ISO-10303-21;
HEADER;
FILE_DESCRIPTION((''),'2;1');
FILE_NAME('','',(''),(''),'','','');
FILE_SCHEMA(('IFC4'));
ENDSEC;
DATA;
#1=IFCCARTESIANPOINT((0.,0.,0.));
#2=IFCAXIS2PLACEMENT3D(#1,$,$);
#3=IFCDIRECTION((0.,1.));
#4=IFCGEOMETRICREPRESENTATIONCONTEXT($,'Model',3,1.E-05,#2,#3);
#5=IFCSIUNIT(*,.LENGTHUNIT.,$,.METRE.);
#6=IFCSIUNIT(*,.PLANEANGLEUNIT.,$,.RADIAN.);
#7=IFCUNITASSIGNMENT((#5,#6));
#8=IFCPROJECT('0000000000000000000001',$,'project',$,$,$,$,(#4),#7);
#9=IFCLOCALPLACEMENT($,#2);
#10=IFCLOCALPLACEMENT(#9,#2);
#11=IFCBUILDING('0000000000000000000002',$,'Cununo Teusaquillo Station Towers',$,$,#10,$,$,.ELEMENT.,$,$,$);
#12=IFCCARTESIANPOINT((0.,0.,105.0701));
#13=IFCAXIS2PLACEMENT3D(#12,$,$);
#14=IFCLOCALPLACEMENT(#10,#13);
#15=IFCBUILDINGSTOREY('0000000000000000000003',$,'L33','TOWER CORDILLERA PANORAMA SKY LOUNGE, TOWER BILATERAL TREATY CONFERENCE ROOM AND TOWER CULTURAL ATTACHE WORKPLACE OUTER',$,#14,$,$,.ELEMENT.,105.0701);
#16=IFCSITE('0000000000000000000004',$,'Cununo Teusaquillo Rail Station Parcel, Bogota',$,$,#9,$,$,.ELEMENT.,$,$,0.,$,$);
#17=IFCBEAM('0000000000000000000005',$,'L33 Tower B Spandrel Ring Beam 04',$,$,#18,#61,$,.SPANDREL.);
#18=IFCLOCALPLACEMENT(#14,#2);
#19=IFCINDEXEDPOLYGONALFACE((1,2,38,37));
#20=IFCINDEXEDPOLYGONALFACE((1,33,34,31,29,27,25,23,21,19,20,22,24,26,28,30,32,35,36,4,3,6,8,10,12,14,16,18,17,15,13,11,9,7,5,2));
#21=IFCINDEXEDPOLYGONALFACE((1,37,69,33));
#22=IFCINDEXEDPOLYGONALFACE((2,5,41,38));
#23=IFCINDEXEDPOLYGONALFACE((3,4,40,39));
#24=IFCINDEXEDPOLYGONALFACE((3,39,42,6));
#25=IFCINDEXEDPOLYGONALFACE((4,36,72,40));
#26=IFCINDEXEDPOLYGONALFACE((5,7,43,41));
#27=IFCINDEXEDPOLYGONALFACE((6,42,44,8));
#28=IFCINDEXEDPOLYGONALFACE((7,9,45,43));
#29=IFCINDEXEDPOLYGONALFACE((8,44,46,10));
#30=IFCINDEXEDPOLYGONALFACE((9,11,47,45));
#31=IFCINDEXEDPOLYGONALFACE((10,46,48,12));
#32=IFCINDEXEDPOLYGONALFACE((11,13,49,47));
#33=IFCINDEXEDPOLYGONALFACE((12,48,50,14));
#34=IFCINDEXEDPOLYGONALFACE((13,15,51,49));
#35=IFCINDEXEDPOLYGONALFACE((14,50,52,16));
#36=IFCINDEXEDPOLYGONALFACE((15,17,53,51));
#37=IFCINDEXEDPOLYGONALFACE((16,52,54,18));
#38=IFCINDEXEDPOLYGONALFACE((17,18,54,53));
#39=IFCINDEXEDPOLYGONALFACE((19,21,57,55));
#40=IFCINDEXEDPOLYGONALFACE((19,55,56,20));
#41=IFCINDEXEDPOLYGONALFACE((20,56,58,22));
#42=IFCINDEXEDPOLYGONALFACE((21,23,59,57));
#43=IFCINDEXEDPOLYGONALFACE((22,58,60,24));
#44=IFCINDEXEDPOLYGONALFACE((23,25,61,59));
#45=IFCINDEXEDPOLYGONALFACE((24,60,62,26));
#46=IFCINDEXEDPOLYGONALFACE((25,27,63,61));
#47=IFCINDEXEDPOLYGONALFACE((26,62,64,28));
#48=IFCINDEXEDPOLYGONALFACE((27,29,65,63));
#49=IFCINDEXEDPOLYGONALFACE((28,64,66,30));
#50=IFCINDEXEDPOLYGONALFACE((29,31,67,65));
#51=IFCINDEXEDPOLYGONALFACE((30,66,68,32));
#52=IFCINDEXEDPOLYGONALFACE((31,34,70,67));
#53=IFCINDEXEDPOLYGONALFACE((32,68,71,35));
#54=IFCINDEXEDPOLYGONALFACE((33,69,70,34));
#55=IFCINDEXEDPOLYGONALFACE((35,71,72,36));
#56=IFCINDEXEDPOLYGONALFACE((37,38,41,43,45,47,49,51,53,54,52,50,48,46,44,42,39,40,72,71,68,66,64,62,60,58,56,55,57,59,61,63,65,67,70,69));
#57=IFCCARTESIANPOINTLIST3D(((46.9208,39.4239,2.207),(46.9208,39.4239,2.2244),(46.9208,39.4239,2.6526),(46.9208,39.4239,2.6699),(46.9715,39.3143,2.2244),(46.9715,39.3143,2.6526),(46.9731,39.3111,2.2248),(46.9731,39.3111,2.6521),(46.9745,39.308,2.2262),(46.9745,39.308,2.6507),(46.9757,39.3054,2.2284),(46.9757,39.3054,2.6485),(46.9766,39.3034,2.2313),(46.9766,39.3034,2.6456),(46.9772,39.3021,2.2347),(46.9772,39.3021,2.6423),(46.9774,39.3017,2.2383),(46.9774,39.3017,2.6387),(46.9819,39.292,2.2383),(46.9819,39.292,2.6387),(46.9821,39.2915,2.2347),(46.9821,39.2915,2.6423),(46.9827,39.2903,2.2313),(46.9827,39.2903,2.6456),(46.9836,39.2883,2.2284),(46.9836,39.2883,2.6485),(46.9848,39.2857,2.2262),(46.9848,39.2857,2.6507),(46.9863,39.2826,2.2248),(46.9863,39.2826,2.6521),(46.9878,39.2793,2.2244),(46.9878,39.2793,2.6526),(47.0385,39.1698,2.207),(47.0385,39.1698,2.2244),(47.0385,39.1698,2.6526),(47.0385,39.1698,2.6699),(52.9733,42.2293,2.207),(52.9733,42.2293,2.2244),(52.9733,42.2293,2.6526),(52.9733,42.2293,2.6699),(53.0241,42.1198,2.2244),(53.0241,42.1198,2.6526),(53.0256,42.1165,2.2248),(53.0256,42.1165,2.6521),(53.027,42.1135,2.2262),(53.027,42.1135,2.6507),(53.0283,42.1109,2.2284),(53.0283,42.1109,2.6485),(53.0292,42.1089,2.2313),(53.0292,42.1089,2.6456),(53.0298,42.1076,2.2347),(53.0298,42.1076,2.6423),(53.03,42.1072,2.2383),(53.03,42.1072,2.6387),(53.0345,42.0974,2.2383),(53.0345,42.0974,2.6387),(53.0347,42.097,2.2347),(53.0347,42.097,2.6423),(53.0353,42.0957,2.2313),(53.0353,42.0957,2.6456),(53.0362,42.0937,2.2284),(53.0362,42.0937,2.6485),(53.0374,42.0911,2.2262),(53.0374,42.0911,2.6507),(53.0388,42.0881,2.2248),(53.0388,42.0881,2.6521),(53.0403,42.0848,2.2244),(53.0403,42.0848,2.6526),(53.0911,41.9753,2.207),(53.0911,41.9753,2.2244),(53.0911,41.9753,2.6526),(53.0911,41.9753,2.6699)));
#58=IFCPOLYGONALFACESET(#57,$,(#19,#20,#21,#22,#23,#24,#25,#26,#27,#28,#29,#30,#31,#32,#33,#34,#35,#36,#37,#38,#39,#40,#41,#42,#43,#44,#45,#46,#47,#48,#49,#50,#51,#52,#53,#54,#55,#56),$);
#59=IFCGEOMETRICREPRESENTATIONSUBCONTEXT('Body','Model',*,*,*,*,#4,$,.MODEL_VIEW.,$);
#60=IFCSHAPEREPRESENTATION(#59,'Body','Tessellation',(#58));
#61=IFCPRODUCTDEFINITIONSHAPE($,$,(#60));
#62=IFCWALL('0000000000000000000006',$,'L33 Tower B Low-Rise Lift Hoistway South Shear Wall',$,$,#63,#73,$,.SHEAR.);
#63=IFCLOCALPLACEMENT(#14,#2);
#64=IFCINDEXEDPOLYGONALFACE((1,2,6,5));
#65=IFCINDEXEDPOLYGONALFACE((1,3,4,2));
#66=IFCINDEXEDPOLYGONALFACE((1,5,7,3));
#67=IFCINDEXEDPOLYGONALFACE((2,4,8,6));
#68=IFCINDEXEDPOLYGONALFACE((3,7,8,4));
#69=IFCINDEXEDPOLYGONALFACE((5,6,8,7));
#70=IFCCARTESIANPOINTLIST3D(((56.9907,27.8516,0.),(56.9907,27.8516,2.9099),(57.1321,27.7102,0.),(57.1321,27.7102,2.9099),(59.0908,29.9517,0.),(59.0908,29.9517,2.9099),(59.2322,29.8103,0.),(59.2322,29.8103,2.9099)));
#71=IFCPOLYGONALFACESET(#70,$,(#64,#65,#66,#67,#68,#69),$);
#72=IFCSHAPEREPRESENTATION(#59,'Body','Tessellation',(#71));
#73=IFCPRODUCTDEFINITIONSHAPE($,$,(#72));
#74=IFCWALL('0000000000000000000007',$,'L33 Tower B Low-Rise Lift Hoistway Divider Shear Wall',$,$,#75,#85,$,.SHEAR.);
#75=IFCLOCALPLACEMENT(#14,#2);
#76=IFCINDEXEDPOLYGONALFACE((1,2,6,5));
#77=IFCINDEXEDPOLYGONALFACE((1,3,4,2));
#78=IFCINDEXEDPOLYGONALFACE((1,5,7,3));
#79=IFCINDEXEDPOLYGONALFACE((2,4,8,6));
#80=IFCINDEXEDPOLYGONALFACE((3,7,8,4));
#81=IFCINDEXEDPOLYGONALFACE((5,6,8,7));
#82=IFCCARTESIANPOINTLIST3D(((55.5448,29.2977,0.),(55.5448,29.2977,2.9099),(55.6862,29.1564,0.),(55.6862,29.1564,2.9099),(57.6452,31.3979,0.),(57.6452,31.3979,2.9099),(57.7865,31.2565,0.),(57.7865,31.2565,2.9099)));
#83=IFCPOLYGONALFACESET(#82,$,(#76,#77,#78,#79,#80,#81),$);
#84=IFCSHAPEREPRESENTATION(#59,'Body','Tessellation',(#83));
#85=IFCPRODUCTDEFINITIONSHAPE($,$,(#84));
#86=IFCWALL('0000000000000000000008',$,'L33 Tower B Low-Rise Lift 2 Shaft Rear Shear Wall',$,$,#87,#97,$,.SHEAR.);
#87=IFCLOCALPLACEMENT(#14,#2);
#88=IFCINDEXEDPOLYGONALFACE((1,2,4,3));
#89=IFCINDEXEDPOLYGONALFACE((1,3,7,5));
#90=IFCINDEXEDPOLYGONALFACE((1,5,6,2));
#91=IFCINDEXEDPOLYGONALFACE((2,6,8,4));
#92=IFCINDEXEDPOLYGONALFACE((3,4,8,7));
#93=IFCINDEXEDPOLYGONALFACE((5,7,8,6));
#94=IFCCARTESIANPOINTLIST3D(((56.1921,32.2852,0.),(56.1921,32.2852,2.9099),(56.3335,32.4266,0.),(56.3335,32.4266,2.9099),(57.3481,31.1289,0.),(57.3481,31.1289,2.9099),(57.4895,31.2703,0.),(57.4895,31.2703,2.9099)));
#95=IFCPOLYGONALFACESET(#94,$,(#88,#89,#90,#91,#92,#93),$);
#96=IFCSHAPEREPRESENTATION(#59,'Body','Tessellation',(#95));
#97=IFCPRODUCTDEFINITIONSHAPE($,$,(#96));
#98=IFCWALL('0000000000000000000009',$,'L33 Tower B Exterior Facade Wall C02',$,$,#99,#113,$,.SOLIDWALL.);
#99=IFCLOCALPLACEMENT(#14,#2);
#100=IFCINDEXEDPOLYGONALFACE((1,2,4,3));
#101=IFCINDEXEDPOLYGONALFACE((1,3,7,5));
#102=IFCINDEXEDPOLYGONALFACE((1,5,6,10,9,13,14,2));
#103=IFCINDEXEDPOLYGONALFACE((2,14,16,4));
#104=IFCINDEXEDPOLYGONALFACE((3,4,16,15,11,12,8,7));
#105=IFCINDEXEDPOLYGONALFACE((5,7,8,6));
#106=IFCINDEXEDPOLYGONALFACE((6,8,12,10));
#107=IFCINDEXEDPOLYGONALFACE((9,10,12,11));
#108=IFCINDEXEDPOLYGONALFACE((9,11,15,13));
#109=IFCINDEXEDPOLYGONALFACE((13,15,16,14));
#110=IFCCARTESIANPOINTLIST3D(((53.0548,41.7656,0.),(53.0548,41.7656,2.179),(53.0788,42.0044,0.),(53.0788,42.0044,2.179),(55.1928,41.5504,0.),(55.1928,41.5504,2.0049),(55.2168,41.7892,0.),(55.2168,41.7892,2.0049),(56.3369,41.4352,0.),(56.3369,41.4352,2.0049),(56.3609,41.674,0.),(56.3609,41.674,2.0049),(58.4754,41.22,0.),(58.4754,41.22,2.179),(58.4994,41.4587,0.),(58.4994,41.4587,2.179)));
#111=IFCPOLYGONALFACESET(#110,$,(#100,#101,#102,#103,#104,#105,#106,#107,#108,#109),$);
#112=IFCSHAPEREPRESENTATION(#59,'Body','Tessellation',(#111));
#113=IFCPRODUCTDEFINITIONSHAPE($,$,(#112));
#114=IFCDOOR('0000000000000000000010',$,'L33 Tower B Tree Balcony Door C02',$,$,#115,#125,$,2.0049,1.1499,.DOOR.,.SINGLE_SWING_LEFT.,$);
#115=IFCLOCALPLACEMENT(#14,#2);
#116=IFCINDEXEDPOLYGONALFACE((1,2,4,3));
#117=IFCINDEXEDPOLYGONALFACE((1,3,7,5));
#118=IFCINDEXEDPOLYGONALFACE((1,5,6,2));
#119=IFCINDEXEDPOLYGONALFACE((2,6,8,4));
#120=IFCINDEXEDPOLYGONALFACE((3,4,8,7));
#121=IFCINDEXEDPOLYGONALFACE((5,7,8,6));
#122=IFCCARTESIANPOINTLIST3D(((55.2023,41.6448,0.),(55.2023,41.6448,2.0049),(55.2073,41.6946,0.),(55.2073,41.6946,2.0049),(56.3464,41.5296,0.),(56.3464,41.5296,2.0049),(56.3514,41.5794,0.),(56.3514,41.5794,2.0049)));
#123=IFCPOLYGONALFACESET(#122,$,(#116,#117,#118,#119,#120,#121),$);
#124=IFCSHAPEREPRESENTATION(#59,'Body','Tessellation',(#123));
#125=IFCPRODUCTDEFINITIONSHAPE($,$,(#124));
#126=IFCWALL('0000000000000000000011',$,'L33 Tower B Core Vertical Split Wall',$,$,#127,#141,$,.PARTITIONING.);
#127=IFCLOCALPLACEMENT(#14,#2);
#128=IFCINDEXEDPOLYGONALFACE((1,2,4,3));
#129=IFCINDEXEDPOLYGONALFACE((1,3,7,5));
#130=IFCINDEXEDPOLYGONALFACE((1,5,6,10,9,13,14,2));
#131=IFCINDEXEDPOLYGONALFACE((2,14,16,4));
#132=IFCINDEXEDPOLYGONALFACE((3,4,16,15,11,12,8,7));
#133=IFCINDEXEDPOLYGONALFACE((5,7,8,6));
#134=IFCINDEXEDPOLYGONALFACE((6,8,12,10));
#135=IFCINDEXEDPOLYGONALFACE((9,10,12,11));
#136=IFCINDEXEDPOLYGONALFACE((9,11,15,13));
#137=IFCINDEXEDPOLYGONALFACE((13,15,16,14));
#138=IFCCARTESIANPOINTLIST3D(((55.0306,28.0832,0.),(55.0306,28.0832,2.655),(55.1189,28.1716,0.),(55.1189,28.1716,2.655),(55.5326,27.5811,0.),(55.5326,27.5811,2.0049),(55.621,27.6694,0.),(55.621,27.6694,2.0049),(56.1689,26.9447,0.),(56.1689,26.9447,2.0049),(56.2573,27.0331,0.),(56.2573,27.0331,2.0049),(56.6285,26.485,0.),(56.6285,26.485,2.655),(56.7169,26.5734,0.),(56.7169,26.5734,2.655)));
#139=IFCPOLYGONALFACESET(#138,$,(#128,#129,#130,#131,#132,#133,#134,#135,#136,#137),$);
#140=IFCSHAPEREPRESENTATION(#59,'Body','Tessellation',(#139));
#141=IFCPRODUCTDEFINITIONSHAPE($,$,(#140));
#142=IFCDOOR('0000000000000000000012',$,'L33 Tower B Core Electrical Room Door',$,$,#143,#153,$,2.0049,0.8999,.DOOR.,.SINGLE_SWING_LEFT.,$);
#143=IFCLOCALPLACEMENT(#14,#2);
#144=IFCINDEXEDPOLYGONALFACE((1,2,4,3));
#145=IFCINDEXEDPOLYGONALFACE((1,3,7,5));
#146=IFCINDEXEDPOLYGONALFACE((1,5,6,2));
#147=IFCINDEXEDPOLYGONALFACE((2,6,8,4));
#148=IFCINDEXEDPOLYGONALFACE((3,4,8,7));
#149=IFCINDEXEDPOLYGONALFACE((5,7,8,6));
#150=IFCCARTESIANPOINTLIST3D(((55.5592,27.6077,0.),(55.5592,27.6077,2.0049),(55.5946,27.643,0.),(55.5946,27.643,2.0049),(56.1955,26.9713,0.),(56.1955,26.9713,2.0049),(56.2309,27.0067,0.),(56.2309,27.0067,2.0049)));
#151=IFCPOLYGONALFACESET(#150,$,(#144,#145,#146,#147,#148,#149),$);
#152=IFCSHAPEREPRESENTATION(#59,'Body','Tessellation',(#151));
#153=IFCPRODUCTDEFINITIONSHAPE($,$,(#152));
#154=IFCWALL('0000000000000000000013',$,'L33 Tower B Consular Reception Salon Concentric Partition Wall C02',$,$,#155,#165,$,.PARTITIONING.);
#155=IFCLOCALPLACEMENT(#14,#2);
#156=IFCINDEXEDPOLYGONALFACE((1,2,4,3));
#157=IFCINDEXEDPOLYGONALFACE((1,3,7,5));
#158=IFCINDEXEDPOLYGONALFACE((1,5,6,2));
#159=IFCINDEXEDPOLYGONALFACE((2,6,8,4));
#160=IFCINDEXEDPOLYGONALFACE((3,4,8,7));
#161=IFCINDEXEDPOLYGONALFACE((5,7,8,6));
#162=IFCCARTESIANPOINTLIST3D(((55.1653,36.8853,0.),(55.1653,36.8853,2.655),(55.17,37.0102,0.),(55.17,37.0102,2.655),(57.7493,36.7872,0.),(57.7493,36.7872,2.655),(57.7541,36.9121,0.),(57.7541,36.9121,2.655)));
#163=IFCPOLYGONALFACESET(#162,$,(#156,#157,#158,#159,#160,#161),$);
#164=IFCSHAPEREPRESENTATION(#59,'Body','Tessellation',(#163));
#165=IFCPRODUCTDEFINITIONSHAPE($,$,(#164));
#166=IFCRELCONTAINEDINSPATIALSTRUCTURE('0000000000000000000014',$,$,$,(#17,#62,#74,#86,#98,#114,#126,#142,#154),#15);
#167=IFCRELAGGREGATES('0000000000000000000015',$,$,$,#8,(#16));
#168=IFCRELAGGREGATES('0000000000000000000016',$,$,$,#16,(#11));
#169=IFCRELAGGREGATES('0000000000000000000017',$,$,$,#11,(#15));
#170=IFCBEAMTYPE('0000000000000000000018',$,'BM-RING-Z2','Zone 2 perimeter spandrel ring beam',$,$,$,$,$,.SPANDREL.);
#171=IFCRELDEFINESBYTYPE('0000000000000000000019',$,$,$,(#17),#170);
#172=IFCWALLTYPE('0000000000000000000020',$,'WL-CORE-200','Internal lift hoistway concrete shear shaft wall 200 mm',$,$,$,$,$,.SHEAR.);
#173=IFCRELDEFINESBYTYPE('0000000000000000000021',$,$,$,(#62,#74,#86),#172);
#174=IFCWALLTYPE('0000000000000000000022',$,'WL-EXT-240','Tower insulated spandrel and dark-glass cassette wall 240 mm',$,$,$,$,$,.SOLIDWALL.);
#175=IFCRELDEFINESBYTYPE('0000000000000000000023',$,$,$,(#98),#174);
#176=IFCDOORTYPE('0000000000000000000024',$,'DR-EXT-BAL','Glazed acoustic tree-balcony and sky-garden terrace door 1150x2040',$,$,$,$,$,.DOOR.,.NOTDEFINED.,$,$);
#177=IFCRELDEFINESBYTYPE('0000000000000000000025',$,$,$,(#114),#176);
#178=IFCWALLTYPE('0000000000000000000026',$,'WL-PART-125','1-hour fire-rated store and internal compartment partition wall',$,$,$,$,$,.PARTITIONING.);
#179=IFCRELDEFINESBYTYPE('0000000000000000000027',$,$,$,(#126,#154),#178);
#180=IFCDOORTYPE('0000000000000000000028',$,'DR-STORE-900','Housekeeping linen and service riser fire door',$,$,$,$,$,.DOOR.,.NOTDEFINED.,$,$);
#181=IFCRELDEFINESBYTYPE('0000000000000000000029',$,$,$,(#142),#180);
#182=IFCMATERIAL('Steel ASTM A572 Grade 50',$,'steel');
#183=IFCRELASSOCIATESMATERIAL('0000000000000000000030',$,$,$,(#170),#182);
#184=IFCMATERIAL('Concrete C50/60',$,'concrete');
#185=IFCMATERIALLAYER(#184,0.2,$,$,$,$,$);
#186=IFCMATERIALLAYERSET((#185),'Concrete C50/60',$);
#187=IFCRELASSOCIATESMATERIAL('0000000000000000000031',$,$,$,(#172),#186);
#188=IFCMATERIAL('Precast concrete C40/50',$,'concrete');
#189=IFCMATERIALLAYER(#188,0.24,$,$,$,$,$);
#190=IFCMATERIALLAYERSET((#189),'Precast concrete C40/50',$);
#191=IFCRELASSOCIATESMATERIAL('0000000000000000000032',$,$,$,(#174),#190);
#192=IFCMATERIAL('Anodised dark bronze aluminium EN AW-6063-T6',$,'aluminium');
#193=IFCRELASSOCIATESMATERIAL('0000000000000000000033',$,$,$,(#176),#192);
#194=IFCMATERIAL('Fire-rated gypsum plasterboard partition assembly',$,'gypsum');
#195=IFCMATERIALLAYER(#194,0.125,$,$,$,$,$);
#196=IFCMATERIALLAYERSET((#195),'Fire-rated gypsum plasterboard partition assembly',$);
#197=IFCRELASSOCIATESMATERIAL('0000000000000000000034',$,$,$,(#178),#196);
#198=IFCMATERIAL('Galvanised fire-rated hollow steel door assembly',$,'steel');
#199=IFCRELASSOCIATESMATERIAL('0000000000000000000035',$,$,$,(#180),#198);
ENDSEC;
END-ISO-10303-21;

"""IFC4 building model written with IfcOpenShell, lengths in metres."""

from ifc_helpers import new_model, si_unit, direction, frame, frame_2d, origin, origin_2d, place, context, subcontext, project, spatial, rectangle, i_section, extrude, source, transform, mapped, material, layer, layer_set, material_profile, profile_set, type_object, element, fill, save


model = new_model("IFC4")

# Units and contexts
model_context = context("Model", 3, precision=1e-05, world=origin(), true_north=direction((0.0, 1.0)))
body_context = subcontext(model_context, "Body", "Model", "MODEL_VIEW")
ifc_project = project(units=[si_unit("LENGTHUNIT", "METRE"), si_unit("PLANEANGLEUNIT", "RADIAN")], contexts=[model_context])

# Site, building, storey
site_placement = place(None, origin())
site = spatial("IfcSite", under=ifc_project, at=site_placement, Name="Cununo Teusaquillo Rail Station Parcel, Bogota", CompositionType="ELEMENT", RefElevation=0.0)
building_placement = place(site_placement, origin())
building = spatial("IfcBuilding", under=site, at=building_placement, Name="Cununo Teusaquillo Station Towers", CompositionType="ELEMENT")
storey_placement = place(building_placement, frame((0.0, 0.0, 105.0701)))
storey = spatial("IfcBuildingStorey", under=building, at=storey_placement, Name="L33", Description="TOWER CORDILLERA PANORAMA SKY LOUNGE, TOWER BILATERAL TREATY CONFERENCE ROOM AND TOWER CULTURAL ATTACHE WORKPLACE OUTER", CompositionType="ELEMENT", Elevation=105.0701)

# Beam
ifc_material_1 = material(Name="Steel ASTM A572 Grade 50", Category="steel")
ifc_material_profile_1 = material_profile(ifc_material_1, i_section(OverallWidth=0.28, OverallDepth=0.4629, WebThickness=0.0107, FlangeThickness=0.0173, FilletRadius=0.0139, at=origin_2d()), Name="W18X76")
ifc_profile_set_1 = profile_set([ifc_material_profile_1], Name="Steel ASTM A572 Grade 50")
beam_type_1 = type_object("IfcBeamType", Name="BM-RING-Z2", Description="Zone 2 perimeter spandrel ring beam", PredefinedType="SPANDREL", material=ifc_profile_set_1)
beam_1_placement = place(storey_placement, frame((53.0322, 42.1023, 2.4385), z_axis=(-0.907276, -0.420536, 0.0), x_axis=(0.420536, -0.907276, 0.0)))
element("IfcBeam", 1, at=beam_1_placement, inside=storey, type_object=beam_type_1, Name="L33 Tower B Spandrel Ring Beam 04", PredefinedType="SPANDREL", context=body_context, shape_type="SweptSolid", body=[
    extrude(i_section(OverallWidth=0.28, OverallDepth=0.4629, WebThickness=0.0107, FlangeThickness=0.0173, FilletRadius=0.0139, at=origin_2d()), origin(), (0.0, 0.0, 1.0), 6.6711),
])

# Walls
ifc_material_2 = material(Name="Concrete C50/60", Category="concrete")
ifc_layer_1 = layer(ifc_material_2, 0.2)
ifc_layer_set_1 = layer_set([ifc_layer_1], Name="Concrete C50/60")
wall_type_1 = type_object("IfcWallType", Name="WL-CORE-200", Description="Internal lift hoistway concrete shear shaft wall 200 mm", PredefinedType="SHEAR", material=ifc_layer_set_1)
wall_1_placement = place(storey_placement, frame((57.0615, 27.781, 0.0), z_axis=(0.0, 0.0, 1.0), x_axis=(0.707107, 0.707107, 0.0)))
element("IfcWall", 2, at=wall_1_placement, inside=storey, type_object=wall_type_1, Name="L33 Tower B Low-Rise Lift Hoistway South Shear Wall", PredefinedType="SHEAR", context=body_context, shape_type="SweptSolid", body=[
    extrude(rectangle(XDim=2.97, YDim=0.2, at=frame_2d((1.4849, 0.0))), origin(), (0.0, 0.0, 1.0), 2.9099),
])
wall_2_placement = place(storey_placement, frame((55.6155, 29.2271, 0.0), z_axis=(0.0, 0.0, 1.0), x_axis=(0.707148, 0.707066, 0.0)))
element("IfcWall", 3, at=wall_2_placement, inside=storey, type_object=wall_type_1, Name="L33 Tower B Low-Rise Lift Hoistway Divider Shear Wall", PredefinedType="SHEAR", context=body_context, shape_type="SweptSolid", body=[
    extrude(rectangle(XDim=2.9702, YDim=0.2, at=frame_2d((1.4851, 0.0))), origin(), (0.0, 0.0, 1.0), 2.9099),
])
wall_3_placement = place(storey_placement, frame((57.4187, 31.1997, 0.0), z_axis=(0.0, 0.0, 1.0), x_axis=(-0.707032, 0.707181, 0.0)))
element("IfcWall", 4, at=wall_3_placement, inside=storey, type_object=wall_type_1, Name="L33 Tower B Low-Rise Lift 2 Shaft Rear Shear Wall", PredefinedType="SHEAR", context=body_context, shape_type="SweptSolid", body=[
    extrude(rectangle(XDim=1.635, YDim=0.2, at=frame_2d((0.8174, 0.0))), origin(), (0.0, 0.0, 1.0), 2.9099),
])

# Walls, openings, doors
ifc_material_3 = material(Name="Precast concrete C40/50", Category="concrete")
ifc_layer_2 = layer(ifc_material_3, 0.24)
ifc_layer_set_2 = layer_set([ifc_layer_2], Name="Precast concrete C40/50")
wall_type_2 = type_object("IfcWallType", Name="WL-EXT-240", Description="Tower insulated spandrel and dark-glass cassette wall 240 mm", PredefinedType="SOLIDWALL", material=ifc_layer_set_2)
wall_4_placement = place(storey_placement, frame((53.0667, 41.885, 0.0), z_axis=(0.0, 0.0, 1.0), x_axis=(0.994972, -0.100156, 0.0)))
wall_4 = element("IfcWall", 5, at=wall_4_placement, inside=storey, type_object=wall_type_2, Name="L33 Tower B Exterior Facade Wall C02", PredefinedType="SOLIDWALL", context=body_context, shape_type="SweptSolid", body=[
    extrude(rectangle(XDim=5.448, YDim=0.24, at=frame_2d((2.7241, 0.0))), origin(), (0.0, 0.0, 1.0), 2.179),
])
shared_shape_1 = source(origin(), body_context, "Body", "SweptSolid", [
    extrude(rectangle(XDim=1.1499, YDim=2.0049, at=frame_2d((0.575, 1.0024))), frame((0.0, 0.1299, 0.0), z_axis=(0.0, -1.0, 0.0), x_axis=(1.0, 0.0, 0.0)), (0.0, 0.0, 1.0), 0.26),
])
opening_1_placement = place(wall_4_placement, frame((2.1489, 0.0, 0.0)))
opening_1 = element("IfcOpeningElement", 6, at=opening_1_placement, cuts=wall_4, PredefinedType="OPENING", context=body_context, shape_type="MappedRepresentation", body=[
    mapped(shared_shape_1, transform((0.0, 0.0, 0.0), x_axis=(1.0, 0.0, 0.0), y_axis=(0.0, 1.0, 0.0), z_axis=(0.0, 0.0, 1.0), scale=1.0)),
])
ifc_material_4 = material(Name="Anodised dark bronze aluminium EN AW-6063-T6", Category="aluminium")
door_type_1 = type_object("IfcDoorType", Name="DR-EXT-BAL", Description="Glazed acoustic tree-balcony and sky-garden terrace door 1150x2040", OperationType="NOTDEFINED", PredefinedType="DOOR", material=ifc_material_4)
shared_shape_2 = source(origin(), body_context, "Body", "SweptSolid", [
    extrude(rectangle(XDim=1.1499, YDim=2.0049, at=frame_2d((0.575, 1.0024))), frame((0.0, 0.0249, 0.0), z_axis=(0.0, -1.0, 0.0), x_axis=(1.0, 0.0, 0.0)), (0.0, 0.0, 1.0), 0.05),
])
door_1_placement = place(opening_1_placement, origin())
door_1 = element("IfcDoor", 7, at=door_1_placement, inside=storey, type_object=door_type_1, Name="L33 Tower B Tree Balcony Door C02", OperationType="SINGLE_SWING_LEFT", OverallHeight=2.0049, OverallWidth=1.1499, PredefinedType="DOOR", context=body_context, shape_type="MappedRepresentation", body=[
    mapped(shared_shape_2, transform((0.0, 0.0, 0.0), x_axis=(1.0, 0.0, 0.0), y_axis=(0.0, 1.0, 0.0), z_axis=(0.0, 0.0, 1.0), scale=1.0)),
])
fill(opening_1, door_1)
ifc_material_5 = material(Name="Fire-rated gypsum plasterboard partition assembly", Category="gypsum")
ifc_layer_3 = layer(ifc_material_5, 0.125)
ifc_layer_set_3 = layer_set([ifc_layer_3], Name="Fire-rated gypsum plasterboard partition assembly")
wall_type_3 = type_object("IfcWallType", Name="WL-PART-125", Description="1-hour fire-rated store and internal compartment partition wall", PredefinedType="PARTITIONING", material=ifc_layer_set_3)
wall_5_placement = place(storey_placement, frame((56.6726, 26.5293, 0.0), z_axis=(0.0, 0.0, 1.0), x_axis=(-0.707053, 0.707161, 0.0)))
wall_5 = element("IfcWall", 8, at=wall_5_placement, inside=storey, type_object=wall_type_3, Name="L33 Tower B Core Vertical Split Wall", PredefinedType="PARTITIONING", context=body_context, shape_type="SweptSolid", body=[
    extrude(rectangle(XDim=2.26, YDim=0.125, at=frame_2d((1.1299, 0.0))), origin(), (0.0, 0.0, 1.0), 2.655),
])
shared_shape_3 = source(origin(), body_context, "Body", "SweptSolid", [
    extrude(rectangle(XDim=0.8999, YDim=2.0049, at=frame_2d((0.45, 1.0024))), frame((0.0, 0.0725, 0.0), z_axis=(0.0, -1.0, 0.0), x_axis=(1.0, 0.0, 0.0)), (0.0, 0.0, 1.0), 0.145),
])
opening_2_placement = place(wall_5_placement, frame((0.6499, 0.0, 0.0)))
opening_2 = element("IfcOpeningElement", 9, at=opening_2_placement, cuts=wall_5, PredefinedType="OPENING", context=body_context, shape_type="MappedRepresentation", body=[
    mapped(shared_shape_3, transform((0.0, 0.0, 0.0), x_axis=(1.0, 0.0, 0.0), y_axis=(0.0, 1.0, 0.0), z_axis=(0.0, 0.0, 1.0), scale=1.0)),
])
ifc_material_6 = material(Name="Galvanised fire-rated hollow steel door assembly", Category="steel")
door_type_2 = type_object("IfcDoorType", Name="DR-STORE-900", Description="Housekeeping linen and service riser fire door", OperationType="NOTDEFINED", PredefinedType="DOOR", material=ifc_material_6)
shared_shape_4 = source(origin(), body_context, "Body", "SweptSolid", [
    extrude(rectangle(XDim=0.8999, YDim=2.0049, at=frame_2d((0.45, 1.0024))), frame((0.0, 0.0249, 0.0), z_axis=(0.0, -1.0, 0.0), x_axis=(1.0, 0.0, 0.0)), (0.0, 0.0, 1.0), 0.05),
])
door_2_placement = place(opening_2_placement, origin())
door_2 = element("IfcDoor", 10, at=door_2_placement, inside=storey, type_object=door_type_2, Name="L33 Tower B Core Electrical Room Door", OperationType="SINGLE_SWING_LEFT", OverallHeight=2.0049, OverallWidth=0.8999, PredefinedType="DOOR", context=body_context, shape_type="MappedRepresentation", body=[
    mapped(shared_shape_4, transform((0.0, 0.0, 0.0), x_axis=(1.0, 0.0, 0.0), y_axis=(0.0, 1.0, 0.0), z_axis=(0.0, 0.0, 1.0), scale=1.0)),
])
fill(opening_2, door_2)

# Wall
wall_6_placement = place(storey_placement, frame((57.7517, 36.8496, 0.0), z_axis=(0.0, 0.0, 1.0), x_axis=(-0.999279, 0.037954, 0.0)))
element("IfcWall", 11, at=wall_6_placement, inside=storey, type_object=wall_type_3, Name="L33 Tower B Consular Reception Salon Concentric Partition Wall C02", PredefinedType="PARTITIONING", context=body_context, shape_type="SweptSolid", body=[
    extrude(rectangle(XDim=2.5859, YDim=0.125, at=frame_2d((1.293, 0.0))), origin(), (0.0, 0.0, 1.0), 2.655),
])

save(model, "model.ifc")
